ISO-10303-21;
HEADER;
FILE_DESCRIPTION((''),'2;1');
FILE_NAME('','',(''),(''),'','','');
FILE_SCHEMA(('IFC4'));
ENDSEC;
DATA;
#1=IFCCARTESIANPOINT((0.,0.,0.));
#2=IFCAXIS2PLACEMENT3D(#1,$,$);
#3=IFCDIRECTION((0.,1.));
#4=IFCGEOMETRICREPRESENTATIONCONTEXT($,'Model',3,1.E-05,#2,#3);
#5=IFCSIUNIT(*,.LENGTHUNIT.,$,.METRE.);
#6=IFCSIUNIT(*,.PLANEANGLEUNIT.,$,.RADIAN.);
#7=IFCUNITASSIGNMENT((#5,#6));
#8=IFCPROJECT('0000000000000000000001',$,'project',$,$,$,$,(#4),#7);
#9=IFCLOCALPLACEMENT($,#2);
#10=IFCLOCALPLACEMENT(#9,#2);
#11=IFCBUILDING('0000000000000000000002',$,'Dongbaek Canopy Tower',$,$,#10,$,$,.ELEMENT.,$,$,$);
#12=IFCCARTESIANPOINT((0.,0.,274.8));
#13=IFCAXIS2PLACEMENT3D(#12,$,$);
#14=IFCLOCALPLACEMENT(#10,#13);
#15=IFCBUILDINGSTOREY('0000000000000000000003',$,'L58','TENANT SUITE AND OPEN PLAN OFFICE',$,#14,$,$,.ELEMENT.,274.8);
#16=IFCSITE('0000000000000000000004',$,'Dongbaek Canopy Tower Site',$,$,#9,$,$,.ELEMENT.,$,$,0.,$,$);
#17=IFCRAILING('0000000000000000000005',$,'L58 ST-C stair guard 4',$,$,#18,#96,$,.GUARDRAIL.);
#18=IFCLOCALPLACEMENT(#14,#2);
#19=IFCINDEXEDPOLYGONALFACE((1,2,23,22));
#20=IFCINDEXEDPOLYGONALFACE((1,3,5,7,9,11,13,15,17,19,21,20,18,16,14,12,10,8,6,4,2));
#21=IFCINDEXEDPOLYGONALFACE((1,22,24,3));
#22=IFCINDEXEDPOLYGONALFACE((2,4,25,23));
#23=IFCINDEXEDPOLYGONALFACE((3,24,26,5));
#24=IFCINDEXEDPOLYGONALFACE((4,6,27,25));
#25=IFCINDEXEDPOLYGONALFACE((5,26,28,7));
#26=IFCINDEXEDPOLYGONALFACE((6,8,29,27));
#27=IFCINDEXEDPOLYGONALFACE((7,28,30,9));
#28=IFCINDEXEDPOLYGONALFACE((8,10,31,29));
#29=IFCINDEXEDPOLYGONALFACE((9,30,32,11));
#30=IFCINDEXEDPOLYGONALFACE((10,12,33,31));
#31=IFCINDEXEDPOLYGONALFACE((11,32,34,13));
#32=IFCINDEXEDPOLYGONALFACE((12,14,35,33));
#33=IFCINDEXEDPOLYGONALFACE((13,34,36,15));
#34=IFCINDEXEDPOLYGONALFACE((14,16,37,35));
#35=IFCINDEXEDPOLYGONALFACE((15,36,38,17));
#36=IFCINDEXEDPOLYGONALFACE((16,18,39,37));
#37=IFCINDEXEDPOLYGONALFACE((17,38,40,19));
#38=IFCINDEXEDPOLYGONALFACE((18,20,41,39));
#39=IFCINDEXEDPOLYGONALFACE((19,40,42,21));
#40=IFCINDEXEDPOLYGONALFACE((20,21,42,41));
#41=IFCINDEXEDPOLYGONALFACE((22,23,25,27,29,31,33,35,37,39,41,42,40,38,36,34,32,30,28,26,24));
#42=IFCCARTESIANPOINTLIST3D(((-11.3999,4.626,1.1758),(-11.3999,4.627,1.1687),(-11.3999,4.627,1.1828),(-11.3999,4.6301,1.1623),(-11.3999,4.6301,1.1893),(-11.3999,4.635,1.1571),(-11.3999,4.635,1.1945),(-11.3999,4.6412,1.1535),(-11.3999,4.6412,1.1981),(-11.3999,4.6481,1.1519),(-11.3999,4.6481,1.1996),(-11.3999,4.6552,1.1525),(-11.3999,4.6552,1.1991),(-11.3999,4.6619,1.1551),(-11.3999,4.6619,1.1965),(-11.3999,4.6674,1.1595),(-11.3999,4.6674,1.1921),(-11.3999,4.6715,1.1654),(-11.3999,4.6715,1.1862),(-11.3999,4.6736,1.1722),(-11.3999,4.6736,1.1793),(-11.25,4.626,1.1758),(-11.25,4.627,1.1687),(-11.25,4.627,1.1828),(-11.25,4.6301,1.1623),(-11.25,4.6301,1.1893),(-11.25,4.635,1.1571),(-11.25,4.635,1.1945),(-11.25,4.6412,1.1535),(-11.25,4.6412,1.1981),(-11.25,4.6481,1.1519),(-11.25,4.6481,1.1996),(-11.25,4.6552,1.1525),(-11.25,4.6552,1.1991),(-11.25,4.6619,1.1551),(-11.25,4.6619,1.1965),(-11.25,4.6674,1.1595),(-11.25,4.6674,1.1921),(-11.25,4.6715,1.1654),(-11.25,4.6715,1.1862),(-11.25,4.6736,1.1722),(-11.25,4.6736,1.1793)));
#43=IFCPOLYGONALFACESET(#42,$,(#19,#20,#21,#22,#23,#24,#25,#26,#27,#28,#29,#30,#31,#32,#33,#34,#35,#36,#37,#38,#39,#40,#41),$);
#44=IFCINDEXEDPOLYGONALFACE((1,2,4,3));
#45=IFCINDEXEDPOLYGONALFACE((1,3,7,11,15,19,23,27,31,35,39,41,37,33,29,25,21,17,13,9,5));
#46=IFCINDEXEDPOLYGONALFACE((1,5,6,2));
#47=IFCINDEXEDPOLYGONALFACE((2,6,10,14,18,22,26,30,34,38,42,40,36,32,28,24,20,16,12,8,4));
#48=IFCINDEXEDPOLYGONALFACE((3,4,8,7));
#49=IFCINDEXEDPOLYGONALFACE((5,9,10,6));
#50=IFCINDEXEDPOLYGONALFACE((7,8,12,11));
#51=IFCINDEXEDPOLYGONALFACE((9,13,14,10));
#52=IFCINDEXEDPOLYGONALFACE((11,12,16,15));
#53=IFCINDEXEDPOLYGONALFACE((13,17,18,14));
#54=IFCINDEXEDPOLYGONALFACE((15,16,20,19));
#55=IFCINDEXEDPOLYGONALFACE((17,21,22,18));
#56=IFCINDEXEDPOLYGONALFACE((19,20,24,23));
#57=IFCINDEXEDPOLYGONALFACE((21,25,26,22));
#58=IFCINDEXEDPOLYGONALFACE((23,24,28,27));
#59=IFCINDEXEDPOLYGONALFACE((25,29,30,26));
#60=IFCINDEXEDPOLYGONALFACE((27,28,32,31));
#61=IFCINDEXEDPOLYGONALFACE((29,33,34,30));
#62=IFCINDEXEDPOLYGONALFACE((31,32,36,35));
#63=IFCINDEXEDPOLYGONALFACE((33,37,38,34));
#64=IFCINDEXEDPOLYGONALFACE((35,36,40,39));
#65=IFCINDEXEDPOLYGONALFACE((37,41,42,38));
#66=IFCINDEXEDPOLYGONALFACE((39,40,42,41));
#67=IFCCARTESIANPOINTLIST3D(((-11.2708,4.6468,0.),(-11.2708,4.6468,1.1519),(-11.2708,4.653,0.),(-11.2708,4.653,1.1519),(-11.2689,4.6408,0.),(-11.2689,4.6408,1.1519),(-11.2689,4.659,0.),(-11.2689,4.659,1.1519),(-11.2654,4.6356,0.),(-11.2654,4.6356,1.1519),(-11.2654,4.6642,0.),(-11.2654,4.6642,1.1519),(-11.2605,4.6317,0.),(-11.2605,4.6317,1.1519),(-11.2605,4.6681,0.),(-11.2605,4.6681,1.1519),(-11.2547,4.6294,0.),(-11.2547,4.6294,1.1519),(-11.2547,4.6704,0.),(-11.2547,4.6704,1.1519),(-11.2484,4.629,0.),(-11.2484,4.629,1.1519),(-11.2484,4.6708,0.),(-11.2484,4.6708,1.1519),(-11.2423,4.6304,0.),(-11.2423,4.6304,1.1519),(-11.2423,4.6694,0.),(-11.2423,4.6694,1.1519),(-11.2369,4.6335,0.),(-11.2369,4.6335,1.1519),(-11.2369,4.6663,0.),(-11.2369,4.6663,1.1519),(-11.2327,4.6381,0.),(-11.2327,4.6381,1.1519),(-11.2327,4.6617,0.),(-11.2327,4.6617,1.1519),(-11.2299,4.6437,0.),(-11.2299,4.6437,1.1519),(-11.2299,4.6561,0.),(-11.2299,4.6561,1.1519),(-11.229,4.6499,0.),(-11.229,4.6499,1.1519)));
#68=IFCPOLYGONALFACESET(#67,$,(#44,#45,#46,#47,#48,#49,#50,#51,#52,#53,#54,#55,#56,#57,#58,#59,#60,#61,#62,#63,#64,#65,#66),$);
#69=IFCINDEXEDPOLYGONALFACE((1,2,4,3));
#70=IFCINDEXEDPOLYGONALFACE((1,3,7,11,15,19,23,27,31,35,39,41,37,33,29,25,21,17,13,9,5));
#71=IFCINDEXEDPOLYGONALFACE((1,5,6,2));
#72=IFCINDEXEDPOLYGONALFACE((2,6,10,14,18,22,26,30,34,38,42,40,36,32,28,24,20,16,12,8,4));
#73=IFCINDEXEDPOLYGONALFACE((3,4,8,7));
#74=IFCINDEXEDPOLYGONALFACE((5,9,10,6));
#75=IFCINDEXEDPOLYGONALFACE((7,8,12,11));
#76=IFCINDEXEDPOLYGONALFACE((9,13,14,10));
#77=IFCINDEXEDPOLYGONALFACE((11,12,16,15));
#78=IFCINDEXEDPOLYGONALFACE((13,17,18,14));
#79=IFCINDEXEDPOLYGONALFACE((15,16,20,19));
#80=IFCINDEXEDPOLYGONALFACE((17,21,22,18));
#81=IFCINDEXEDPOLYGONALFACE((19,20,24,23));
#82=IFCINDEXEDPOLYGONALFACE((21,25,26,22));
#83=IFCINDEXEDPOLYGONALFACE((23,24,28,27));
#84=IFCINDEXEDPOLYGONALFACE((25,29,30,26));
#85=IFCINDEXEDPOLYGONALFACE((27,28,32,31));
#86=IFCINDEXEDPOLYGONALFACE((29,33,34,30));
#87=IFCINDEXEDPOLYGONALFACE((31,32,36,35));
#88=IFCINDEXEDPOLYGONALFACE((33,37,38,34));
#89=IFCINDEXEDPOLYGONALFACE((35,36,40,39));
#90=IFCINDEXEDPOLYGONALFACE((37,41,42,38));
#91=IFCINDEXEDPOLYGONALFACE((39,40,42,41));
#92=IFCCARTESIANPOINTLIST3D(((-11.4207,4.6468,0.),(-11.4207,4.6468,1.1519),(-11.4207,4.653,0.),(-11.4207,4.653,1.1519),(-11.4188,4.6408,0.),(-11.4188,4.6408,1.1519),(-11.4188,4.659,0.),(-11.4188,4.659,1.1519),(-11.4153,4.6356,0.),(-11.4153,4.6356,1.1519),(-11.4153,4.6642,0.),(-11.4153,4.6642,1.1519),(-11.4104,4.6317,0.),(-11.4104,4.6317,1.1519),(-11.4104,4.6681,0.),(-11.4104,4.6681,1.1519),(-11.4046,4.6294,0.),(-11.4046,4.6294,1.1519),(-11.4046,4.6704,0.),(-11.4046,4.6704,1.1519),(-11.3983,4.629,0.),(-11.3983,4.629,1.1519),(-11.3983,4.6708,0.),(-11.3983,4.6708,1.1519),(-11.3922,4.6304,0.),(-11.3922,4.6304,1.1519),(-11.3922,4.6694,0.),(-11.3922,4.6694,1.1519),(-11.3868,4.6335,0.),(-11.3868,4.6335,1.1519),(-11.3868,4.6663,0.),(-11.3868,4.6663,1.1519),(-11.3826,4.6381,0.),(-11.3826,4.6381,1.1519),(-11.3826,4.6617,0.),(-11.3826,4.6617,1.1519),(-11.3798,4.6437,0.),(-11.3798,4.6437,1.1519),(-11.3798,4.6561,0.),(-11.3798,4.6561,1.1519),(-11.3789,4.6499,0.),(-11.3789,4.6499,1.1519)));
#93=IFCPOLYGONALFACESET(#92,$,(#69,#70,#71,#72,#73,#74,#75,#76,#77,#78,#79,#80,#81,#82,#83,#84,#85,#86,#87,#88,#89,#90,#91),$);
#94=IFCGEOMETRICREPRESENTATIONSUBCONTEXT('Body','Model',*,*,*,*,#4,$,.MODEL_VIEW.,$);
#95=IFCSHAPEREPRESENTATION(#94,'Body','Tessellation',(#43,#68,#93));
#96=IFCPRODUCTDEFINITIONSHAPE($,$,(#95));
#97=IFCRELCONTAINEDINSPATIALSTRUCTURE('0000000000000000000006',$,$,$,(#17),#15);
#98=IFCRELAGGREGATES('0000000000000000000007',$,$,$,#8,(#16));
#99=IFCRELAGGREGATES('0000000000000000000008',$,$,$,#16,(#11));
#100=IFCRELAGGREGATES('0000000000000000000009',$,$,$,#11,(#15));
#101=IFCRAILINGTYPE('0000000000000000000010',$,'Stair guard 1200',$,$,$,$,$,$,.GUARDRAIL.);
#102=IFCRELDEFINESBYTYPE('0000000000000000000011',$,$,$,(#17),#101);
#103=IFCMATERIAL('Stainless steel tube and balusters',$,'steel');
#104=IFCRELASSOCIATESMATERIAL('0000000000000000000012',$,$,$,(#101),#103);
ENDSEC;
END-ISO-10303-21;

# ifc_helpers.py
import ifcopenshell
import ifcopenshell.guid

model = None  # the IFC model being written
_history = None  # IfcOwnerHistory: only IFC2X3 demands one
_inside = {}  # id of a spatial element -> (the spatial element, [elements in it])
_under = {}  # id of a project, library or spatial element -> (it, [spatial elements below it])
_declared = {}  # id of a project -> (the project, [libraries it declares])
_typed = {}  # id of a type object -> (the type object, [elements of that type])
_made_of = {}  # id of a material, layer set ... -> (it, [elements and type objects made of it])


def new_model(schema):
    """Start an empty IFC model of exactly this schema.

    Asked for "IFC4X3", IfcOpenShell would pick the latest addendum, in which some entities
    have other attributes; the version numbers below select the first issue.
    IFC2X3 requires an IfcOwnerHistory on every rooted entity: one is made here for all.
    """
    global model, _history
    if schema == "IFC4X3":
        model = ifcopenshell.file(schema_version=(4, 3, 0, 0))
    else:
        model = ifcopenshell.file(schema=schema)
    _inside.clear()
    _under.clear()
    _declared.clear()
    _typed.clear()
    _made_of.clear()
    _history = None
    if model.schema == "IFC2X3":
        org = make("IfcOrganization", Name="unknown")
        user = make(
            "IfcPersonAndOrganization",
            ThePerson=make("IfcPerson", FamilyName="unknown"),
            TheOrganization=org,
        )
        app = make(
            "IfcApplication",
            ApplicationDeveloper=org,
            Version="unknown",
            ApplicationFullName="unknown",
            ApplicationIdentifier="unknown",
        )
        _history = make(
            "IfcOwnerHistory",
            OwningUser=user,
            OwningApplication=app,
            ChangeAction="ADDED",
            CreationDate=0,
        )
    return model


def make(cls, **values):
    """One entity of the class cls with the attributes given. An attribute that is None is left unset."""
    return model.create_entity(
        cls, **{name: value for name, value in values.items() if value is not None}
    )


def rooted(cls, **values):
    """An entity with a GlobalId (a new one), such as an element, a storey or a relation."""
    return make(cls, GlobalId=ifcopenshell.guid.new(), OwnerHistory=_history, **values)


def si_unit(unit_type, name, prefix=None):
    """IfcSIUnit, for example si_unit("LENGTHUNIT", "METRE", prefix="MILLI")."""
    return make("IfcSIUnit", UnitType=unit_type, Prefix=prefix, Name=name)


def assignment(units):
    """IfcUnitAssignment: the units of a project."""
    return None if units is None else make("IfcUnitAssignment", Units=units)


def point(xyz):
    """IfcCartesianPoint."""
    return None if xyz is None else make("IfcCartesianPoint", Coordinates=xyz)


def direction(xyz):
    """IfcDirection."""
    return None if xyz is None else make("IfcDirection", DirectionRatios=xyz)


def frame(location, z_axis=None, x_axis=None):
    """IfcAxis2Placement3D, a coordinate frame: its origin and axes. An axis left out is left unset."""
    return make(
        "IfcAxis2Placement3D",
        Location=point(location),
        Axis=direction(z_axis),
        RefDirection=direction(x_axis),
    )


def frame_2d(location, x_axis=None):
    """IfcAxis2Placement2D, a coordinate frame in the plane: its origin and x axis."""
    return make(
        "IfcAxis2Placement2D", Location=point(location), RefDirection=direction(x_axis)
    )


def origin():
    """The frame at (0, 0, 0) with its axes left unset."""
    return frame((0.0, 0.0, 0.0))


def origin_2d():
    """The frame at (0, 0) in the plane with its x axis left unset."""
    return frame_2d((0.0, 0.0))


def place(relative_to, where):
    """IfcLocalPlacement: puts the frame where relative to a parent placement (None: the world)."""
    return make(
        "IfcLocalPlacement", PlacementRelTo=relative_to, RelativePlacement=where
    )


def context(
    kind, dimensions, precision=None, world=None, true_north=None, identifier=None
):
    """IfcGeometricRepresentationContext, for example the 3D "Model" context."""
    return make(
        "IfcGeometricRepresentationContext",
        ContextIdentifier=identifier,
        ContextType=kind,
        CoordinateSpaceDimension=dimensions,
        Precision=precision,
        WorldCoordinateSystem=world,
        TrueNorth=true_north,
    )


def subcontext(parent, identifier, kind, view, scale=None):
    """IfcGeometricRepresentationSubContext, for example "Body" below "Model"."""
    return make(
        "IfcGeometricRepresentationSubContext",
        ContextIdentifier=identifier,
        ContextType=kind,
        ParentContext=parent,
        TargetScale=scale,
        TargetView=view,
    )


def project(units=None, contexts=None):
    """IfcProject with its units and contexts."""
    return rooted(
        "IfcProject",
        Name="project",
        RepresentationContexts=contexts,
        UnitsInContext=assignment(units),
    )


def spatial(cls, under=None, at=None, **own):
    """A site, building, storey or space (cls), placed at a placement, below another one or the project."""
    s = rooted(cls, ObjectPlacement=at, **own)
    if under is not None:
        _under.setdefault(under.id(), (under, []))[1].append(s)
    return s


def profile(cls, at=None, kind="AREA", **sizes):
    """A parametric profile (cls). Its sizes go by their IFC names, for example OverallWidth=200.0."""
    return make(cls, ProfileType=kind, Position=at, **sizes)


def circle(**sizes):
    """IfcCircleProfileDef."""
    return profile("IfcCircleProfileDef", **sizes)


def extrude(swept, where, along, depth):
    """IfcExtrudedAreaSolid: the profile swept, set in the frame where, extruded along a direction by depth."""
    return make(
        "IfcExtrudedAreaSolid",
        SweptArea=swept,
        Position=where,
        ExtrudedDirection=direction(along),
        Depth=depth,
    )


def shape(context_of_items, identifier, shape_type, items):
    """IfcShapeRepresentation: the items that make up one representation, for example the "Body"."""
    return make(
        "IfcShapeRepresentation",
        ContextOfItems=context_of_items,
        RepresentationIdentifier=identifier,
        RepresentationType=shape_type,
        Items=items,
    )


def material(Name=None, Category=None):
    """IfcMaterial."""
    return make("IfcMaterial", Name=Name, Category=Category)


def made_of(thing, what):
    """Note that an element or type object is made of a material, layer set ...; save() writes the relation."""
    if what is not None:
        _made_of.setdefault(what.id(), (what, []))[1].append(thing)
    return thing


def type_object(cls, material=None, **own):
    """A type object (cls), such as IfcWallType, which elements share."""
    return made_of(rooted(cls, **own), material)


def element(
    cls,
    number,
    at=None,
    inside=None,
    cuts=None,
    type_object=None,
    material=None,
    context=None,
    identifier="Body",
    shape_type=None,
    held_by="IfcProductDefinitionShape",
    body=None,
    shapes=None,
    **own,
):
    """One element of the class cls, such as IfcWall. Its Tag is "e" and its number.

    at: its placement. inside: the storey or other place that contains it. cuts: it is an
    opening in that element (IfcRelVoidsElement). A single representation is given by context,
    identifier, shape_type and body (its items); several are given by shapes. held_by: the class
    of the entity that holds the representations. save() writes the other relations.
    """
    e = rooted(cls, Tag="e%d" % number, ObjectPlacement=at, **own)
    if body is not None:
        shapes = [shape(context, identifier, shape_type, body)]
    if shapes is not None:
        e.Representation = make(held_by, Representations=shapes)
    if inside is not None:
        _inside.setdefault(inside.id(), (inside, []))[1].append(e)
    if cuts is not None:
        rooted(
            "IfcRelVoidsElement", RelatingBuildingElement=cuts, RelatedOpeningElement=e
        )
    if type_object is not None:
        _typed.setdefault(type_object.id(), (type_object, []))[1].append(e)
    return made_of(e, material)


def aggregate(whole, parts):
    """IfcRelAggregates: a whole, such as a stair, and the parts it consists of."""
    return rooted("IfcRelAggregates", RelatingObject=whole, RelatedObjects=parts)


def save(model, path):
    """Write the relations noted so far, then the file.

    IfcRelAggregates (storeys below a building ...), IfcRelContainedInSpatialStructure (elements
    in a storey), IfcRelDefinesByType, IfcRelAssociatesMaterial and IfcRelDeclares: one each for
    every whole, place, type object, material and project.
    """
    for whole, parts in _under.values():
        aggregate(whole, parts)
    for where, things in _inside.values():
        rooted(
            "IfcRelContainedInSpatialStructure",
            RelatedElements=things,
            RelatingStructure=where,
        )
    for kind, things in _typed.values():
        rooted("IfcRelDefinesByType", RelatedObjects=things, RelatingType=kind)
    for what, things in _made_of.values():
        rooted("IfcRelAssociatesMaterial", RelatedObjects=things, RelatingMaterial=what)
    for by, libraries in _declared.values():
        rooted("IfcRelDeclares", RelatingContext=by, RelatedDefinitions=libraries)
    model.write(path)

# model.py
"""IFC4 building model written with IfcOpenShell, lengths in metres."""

from ifc_helpers import new_model, si_unit, direction, frame, origin, origin_2d, place, context, subcontext, project, spatial, circle, extrude, material, type_object, element, save


model = new_model("IFC4")

# Units and contexts
model_context = context("Model", 3, precision=1e-05, world=origin(), true_north=direction((0.0, 1.0)))
body_context = subcontext(model_context, "Body", "Model", "MODEL_VIEW")
ifc_project = project(units=[si_unit("LENGTHUNIT", "METRE"), si_unit("PLANEANGLEUNIT", "RADIAN")], contexts=[model_context])

# Site, building, storey
site_placement = place(None, origin())
site = spatial("IfcSite", under=ifc_project, at=site_placement, Name="Dongbaek Canopy Tower Site", CompositionType="ELEMENT", RefElevation=0.0)
building_placement = place(site_placement, origin())
building = spatial("IfcBuilding", under=site, at=building_placement, Name="Dongbaek Canopy Tower", CompositionType="ELEMENT")
storey_placement = place(building_placement, frame((0.0, 0.0, 274.8)))
storey = spatial("IfcBuildingStorey", under=building, at=storey_placement, Name="L58", Description="TENANT SUITE AND OPEN PLAN OFFICE", CompositionType="ELEMENT", Elevation=274.8)

# Railing
ifc_material_1 = material(Name="Stainless steel tube and balusters", Category="steel")
railing_type_1 = type_object("IfcRailingType", Name="Stair guard 1200", PredefinedType="GUARDRAIL", material=ifc_material_1)
railing_1_placement = place(storey_placement, frame((-11.25, 4.6499, 0.0)))
element("IfcRailing", 1, at=railing_1_placement, inside=storey, type_object=railing_type_1, Name="L58 ST-C stair guard 4", PredefinedType="GUARDRAIL", context=body_context, shape_type="SweptSolid", body=[
    extrude(circle(Radius=0.0239, at=origin_2d()), frame((0.0, 0.0, 1.1758), z_axis=(-1.0, 0.0, 0.0), x_axis=(0.0, -1.0, 0.0)), (0.0, 0.0, 1.0), 0.1499),
    extrude(circle(Radius=0.021, at=origin_2d()), origin(), (0.0, 0.0, 1.0), 1.1519),
    extrude(circle(Radius=0.021, at=origin_2d()), frame((-0.1499, 0.0, 0.0)), (0.0, 0.0, 1.0), 1.1519),
])

save(model, "model.ifc")
